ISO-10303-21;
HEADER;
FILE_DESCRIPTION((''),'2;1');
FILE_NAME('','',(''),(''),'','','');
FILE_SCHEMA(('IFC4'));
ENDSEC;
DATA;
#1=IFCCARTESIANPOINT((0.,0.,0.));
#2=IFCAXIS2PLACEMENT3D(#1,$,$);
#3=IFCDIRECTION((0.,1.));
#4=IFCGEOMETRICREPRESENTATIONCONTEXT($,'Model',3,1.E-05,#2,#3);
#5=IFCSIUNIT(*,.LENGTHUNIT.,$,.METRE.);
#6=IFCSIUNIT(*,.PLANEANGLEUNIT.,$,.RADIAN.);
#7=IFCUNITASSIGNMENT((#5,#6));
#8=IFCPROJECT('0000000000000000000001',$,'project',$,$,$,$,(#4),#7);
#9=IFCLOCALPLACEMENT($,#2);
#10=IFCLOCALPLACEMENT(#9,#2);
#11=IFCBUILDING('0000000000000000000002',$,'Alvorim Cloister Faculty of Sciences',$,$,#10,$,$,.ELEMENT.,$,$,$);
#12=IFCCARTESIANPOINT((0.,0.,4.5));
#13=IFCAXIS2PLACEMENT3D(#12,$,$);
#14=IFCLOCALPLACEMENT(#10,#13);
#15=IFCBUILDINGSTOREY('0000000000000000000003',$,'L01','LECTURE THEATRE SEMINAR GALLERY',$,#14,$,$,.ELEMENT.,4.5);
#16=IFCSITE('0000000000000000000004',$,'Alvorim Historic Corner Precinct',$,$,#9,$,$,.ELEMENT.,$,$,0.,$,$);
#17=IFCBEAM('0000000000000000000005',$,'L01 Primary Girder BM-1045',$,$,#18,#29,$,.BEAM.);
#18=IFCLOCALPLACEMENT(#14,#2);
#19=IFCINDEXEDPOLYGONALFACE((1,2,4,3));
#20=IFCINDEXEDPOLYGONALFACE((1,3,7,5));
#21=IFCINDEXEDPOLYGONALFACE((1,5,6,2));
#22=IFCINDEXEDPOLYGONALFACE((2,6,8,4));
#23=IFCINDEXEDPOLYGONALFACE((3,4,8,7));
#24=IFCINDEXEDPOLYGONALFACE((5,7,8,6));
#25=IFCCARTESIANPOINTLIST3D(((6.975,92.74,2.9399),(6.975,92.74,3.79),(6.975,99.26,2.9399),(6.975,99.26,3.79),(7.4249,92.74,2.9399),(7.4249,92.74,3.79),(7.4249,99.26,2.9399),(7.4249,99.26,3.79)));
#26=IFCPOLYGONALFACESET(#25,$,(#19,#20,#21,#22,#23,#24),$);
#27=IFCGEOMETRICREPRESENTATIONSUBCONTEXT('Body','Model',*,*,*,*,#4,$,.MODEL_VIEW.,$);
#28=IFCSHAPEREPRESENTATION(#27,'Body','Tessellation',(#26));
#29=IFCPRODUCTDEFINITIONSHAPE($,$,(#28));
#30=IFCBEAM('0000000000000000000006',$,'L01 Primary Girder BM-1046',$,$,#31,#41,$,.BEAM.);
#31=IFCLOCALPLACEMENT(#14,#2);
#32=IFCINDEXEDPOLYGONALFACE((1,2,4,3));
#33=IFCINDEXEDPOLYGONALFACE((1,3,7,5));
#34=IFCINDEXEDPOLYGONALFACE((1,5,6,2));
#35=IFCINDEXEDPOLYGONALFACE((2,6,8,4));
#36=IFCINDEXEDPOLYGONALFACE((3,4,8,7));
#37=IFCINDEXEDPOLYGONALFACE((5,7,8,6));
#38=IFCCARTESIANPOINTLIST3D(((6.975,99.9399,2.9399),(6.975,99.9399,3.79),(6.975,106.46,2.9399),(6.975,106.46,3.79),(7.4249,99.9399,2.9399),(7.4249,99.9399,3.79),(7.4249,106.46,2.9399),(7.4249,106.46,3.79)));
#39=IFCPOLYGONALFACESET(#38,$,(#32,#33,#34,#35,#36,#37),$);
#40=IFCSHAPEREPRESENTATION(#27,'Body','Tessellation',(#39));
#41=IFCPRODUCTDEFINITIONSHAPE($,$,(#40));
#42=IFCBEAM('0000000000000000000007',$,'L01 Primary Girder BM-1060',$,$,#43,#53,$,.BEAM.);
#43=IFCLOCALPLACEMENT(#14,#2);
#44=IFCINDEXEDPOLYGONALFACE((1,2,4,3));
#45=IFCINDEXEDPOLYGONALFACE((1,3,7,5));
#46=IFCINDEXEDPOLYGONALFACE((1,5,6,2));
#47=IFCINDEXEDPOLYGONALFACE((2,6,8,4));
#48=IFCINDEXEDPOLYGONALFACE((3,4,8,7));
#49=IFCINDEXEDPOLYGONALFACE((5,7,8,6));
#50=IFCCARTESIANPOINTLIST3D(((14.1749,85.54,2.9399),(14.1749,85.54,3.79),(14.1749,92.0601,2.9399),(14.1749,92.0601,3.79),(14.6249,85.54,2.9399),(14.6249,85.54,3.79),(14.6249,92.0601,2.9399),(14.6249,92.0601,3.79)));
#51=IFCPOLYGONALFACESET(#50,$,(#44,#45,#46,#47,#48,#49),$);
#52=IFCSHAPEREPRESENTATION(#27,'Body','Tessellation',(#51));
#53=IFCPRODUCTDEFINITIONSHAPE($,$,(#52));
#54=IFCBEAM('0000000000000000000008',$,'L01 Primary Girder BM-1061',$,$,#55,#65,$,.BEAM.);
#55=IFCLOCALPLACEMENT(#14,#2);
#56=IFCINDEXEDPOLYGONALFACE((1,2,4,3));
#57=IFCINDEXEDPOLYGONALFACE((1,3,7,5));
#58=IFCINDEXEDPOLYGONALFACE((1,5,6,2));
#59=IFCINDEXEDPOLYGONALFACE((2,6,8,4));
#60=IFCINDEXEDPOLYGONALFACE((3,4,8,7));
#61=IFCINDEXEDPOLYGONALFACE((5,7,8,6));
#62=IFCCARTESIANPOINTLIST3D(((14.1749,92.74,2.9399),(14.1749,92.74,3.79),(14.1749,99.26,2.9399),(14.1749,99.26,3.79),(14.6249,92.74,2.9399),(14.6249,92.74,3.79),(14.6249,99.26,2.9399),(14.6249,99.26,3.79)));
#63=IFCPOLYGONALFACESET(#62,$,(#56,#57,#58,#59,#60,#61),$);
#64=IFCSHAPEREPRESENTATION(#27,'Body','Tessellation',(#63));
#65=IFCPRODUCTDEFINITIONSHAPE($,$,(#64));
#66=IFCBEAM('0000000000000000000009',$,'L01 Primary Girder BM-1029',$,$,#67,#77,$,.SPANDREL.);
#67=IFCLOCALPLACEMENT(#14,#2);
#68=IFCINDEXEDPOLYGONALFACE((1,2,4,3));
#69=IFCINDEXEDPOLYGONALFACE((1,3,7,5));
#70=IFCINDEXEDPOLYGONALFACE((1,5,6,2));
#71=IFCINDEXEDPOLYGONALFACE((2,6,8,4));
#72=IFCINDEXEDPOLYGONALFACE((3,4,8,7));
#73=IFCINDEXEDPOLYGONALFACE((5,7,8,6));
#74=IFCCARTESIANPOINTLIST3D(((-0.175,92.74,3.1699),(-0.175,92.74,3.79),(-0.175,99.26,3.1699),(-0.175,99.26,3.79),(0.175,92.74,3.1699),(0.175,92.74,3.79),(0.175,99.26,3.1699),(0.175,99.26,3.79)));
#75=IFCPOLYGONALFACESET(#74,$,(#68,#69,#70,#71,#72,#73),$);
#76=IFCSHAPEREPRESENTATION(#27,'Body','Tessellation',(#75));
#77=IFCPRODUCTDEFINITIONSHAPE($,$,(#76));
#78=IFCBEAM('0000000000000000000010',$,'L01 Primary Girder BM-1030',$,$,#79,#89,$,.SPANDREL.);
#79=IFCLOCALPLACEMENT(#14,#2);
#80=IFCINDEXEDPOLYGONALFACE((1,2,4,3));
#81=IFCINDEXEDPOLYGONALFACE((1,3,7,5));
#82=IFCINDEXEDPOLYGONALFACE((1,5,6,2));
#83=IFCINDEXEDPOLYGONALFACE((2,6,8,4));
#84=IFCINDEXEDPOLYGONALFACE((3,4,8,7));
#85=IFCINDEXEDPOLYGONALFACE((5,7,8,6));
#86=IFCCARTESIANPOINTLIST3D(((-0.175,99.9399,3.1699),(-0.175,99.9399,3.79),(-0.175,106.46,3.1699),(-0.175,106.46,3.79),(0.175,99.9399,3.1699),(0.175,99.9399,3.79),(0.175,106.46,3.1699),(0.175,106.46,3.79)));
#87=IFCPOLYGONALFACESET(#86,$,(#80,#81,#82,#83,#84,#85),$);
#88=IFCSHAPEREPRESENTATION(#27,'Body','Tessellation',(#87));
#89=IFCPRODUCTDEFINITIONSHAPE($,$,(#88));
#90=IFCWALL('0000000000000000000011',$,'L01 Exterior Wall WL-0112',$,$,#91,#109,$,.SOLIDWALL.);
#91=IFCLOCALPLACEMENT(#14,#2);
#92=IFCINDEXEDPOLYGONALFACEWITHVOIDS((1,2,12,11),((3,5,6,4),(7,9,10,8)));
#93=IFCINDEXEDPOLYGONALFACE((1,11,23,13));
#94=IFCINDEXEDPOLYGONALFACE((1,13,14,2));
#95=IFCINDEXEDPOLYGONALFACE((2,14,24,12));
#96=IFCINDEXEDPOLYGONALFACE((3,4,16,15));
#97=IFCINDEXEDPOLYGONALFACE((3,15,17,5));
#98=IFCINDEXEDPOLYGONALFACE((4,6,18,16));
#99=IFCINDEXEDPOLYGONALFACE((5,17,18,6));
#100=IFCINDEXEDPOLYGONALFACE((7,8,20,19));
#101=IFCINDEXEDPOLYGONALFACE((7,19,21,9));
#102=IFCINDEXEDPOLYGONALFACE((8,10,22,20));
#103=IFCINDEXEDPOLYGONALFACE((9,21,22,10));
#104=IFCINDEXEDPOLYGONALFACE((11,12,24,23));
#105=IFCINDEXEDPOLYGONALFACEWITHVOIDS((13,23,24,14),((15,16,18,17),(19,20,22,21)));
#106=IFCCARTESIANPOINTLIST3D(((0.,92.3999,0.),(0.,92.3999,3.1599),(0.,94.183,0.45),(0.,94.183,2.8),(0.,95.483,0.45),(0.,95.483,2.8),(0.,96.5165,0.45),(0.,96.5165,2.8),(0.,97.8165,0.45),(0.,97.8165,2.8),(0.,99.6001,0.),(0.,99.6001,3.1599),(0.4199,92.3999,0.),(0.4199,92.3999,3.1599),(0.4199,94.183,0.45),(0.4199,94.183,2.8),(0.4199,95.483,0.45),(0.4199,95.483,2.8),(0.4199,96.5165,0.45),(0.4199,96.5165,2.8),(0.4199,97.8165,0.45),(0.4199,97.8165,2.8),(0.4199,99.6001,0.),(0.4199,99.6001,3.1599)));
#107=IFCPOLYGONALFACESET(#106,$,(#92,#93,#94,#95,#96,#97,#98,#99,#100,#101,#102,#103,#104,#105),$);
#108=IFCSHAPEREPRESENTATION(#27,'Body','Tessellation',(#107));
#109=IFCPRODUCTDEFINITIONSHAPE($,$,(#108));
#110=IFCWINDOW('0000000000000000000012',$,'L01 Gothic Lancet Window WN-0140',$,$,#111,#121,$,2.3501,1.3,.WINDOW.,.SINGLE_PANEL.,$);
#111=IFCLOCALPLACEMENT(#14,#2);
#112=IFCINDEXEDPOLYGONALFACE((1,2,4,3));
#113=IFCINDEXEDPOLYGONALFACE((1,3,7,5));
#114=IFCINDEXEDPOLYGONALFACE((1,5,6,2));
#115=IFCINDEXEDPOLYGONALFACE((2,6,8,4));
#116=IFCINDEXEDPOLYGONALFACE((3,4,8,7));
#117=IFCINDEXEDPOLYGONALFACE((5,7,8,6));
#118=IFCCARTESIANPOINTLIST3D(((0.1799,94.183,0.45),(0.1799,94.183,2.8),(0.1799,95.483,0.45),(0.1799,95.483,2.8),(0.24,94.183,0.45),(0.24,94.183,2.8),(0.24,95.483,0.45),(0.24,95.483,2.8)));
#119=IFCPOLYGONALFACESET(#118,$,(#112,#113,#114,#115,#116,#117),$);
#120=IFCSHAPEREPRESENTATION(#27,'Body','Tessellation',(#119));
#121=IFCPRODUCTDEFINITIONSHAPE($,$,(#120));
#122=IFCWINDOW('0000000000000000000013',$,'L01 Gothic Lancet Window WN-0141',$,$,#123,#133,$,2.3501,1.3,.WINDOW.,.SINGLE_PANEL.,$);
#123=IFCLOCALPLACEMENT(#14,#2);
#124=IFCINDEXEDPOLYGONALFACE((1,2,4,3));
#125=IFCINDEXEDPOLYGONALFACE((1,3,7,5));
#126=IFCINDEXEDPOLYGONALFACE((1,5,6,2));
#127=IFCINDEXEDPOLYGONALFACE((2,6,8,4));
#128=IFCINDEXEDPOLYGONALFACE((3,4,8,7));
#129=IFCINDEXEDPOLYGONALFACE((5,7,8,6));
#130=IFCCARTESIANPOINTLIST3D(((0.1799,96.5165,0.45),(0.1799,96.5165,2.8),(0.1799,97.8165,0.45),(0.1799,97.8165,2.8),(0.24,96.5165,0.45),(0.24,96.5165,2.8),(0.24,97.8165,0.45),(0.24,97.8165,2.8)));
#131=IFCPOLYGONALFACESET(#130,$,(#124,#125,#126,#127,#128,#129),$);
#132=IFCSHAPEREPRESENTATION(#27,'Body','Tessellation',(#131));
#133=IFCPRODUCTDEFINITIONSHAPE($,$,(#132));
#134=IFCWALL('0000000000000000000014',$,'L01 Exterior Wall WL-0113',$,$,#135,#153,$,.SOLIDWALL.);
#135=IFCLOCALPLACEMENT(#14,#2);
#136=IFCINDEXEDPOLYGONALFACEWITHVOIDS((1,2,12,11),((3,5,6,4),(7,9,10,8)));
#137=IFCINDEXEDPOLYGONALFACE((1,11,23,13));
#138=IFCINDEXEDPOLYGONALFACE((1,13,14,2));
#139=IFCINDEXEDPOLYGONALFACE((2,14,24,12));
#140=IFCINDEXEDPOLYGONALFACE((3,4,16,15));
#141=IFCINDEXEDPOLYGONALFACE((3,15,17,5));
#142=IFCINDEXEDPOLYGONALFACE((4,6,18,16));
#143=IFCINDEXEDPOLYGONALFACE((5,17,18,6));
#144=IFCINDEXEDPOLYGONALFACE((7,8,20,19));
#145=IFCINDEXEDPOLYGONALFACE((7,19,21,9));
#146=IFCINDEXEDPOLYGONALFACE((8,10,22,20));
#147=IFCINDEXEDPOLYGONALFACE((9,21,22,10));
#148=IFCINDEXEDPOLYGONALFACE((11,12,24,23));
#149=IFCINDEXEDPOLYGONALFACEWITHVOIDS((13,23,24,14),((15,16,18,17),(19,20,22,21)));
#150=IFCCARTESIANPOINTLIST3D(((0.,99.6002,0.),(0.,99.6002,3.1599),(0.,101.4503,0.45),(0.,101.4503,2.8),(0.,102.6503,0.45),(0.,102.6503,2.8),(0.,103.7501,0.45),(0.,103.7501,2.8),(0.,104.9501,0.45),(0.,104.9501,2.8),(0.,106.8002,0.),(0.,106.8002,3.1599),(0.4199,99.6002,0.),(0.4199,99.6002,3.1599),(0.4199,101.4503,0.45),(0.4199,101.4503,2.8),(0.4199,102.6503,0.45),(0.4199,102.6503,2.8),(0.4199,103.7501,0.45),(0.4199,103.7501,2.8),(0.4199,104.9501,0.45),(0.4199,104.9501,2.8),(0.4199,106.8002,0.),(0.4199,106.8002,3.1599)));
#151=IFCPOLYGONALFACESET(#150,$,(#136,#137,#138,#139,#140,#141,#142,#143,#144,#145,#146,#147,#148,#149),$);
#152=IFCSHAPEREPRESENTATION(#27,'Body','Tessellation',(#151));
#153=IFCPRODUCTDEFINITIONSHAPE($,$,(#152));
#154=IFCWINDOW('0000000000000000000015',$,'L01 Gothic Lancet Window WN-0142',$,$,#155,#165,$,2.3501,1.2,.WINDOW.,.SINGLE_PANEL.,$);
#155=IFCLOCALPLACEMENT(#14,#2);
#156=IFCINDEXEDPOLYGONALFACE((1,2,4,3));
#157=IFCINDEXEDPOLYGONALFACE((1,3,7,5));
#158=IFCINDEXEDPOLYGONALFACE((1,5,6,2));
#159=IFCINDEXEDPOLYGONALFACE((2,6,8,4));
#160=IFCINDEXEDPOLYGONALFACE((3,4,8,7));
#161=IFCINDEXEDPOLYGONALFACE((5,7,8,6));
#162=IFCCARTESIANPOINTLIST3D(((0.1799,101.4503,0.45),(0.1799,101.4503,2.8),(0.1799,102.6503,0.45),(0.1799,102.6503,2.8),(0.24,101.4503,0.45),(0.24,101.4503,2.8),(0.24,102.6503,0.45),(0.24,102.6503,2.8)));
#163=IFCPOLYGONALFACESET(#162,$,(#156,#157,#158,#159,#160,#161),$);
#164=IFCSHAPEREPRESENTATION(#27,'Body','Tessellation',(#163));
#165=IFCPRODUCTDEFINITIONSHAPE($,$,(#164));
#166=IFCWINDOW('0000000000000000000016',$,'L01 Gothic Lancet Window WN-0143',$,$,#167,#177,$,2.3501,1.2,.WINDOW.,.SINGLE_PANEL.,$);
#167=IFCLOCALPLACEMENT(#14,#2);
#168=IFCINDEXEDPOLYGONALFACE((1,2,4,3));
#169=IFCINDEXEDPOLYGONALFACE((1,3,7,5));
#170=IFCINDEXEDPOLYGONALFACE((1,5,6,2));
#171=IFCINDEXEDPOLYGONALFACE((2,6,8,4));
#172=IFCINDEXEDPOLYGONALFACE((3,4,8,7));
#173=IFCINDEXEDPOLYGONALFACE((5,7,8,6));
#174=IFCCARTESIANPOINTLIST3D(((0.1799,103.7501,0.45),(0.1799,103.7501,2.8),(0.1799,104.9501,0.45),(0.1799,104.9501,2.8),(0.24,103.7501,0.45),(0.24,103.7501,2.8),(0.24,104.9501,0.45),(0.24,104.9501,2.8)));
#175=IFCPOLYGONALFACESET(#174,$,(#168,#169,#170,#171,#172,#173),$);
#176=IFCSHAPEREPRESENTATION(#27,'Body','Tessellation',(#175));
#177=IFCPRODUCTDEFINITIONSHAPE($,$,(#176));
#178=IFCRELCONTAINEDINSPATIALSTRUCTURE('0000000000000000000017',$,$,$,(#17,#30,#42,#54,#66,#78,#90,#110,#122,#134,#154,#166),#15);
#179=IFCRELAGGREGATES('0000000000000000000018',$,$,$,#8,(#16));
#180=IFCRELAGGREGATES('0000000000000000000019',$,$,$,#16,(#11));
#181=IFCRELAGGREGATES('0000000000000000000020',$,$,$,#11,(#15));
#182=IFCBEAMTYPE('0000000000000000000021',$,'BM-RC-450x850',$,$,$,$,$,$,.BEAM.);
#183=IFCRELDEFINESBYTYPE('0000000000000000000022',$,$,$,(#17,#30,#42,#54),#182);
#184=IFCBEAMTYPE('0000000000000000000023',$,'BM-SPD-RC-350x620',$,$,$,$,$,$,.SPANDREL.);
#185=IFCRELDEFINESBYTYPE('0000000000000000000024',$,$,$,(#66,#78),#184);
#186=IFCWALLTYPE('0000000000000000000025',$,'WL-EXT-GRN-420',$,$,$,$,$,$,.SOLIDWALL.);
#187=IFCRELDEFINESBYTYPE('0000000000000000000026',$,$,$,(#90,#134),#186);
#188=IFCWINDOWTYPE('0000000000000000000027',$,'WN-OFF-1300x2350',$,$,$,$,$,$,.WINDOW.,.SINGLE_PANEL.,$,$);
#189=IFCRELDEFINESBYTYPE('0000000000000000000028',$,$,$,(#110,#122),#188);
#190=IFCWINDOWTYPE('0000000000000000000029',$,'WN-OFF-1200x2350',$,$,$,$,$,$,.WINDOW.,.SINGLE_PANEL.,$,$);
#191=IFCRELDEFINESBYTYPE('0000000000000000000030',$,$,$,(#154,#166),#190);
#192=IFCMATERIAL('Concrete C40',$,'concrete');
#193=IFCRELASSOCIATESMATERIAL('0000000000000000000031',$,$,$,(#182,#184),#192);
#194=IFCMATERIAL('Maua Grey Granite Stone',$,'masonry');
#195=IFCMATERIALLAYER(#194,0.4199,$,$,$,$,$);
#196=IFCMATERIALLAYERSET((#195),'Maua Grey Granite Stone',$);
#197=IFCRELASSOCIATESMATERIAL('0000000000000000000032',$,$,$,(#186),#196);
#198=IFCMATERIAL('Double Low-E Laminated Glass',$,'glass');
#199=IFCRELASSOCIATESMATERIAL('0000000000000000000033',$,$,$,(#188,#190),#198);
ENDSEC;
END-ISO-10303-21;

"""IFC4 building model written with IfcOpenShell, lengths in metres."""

from ifc_helpers import new_model, si_unit, direction, frame, frame_2d, origin, origin_2d, place, context, subcontext, project, spatial, rectangle, extrude, material, layer, layer_set, material_profile, profile_set, type_object, element, fill, save


model = new_model("IFC4")

# Units and contexts
model_context = context("Model", 3, precision=1e-05, world=origin(), true_north=direction((0.0, 1.0)))
body_context = subcontext(model_context, "Body", "Model", "MODEL_VIEW")
ifc_project = project(units=[si_unit("LENGTHUNIT", "METRE"), si_unit("PLANEANGLEUNIT", "RADIAN")], contexts=[model_context])

# Site, building, storey
site_placement = place(None, origin())
site = spatial("IfcSite", under=ifc_project, at=site_placement, Name="Alvorim Historic Corner Precinct", CompositionType="ELEMENT", RefElevation=0.0)
building_placement = place(site_placement, origin())
building = spatial("IfcBuilding", under=site, at=building_placement, Name="Alvorim Cloister Faculty of Sciences", CompositionType="ELEMENT")
storey_placement = place(building_placement, frame((0.0, 0.0, 4.5)))
storey = spatial("IfcBuildingStorey", under=building, at=storey_placement, Name="L01", Description="LECTURE THEATRE SEMINAR GALLERY", CompositionType="ELEMENT", Elevation=4.5)

# Shared definitions
ifc_material_1 = material(Name="Concrete C40", Category="concrete")

# Beams
ifc_material_profile_1 = material_profile(ifc_material_1, rectangle(XDim=0.45, YDim=0.8501, at=origin_2d()), Name="RC40-BM-450x850")
ifc_profile_set_1 = profile_set([ifc_material_profile_1], Name="Concrete C40")
beam_type_1 = type_object("IfcBeamType", Name="BM-RC-450x850", PredefinedType="BEAM", material=ifc_profile_set_1)
for number, where, z_axis, x_axis, name in (
    (1, (7.2, 92.74, 3.365), (0.0, 1.0, 0.0), (-1.0, 0.0, 0.0), "L01 Primary Girder BM-1045"),
    (2, (7.2, 99.9399, 3.365), (0.0, 1.0, 0.0), (-1.0, 0.0, 0.0), "L01 Primary Girder BM-1046"),
    (3, (14.3999, 85.54, 3.365), (0.0, 1.0, 0.0), (-1.0, 0.0, 0.0), "L01 Primary Girder BM-1060"),
    (4, (14.3999, 92.74, 3.365), (0.0, 1.0, 0.0), (-1.0, 0.0, 0.0), "L01 Primary Girder BM-1061"),
):
    element("IfcBeam", number, at=place(storey_placement, frame(where, z_axis=z_axis, x_axis=x_axis)), inside=storey, type_object=beam_type_1, Name=name, PredefinedType="BEAM", context=body_context, shape_type="SweptSolid", body=[
        extrude(rectangle(XDim=0.45, YDim=0.8501, at=origin_2d()), origin(), (0.0, 0.0, 1.0), 6.52),
    ])
ifc_material_profile_2 = material_profile(ifc_material_1, rectangle(XDim=0.3501, YDim=0.6201, at=origin_2d()), Name="RC40-SPD-350x620")
ifc_profile_set_2 = profile_set([ifc_material_profile_2], Name="Concrete C40")
beam_type_2 = type_object("IfcBeamType", Name="BM-SPD-RC-350x620", PredefinedType="SPANDREL", material=ifc_profile_set_2)
for number, where, z_axis, x_axis, name in (
    (5, (0.0, 92.74, 3.48), (0.0, 1.0, 0.0), (-1.0, 0.0, 0.0), "L01 Primary Girder BM-1029"),
    (6, (0.0, 99.9399, 3.48), (0.0, 1.0, 0.0), (-1.0, 0.0, 0.0), "L01 Primary Girder BM-1030"),
):
    element("IfcBeam", number, at=place(storey_placement, frame(where, z_axis=z_axis, x_axis=x_axis)), inside=storey, type_object=beam_type_2, Name=name, PredefinedType="SPANDREL", context=body_context, shape_type="SweptSolid", body=[
        extrude(rectangle(XDim=0.3501, YDim=0.6201, at=origin_2d()), origin(), (0.0, 0.0, 1.0), 6.52),
    ])

# Walls, openings, windows
ifc_material_2 = material(Name="Maua Grey Granite Stone", Category="masonry")
ifc_layer = layer(ifc_material_2, 0.4199)
ifc_layer_set = layer_set([ifc_layer], Name="Maua Grey Granite Stone")
wall_type = type_object("IfcWallType", Name="WL-EXT-GRN-420", PredefinedType="SOLIDWALL", material=ifc_layer_set)
wall_1_placement = place(storey_placement, frame((0.21, 92.3999, 0.0), z_axis=(0.0, 0.0, 1.0), x_axis=(0.0, 1.0, 0.0)))
wall_1 = element("IfcWall", 7, at=wall_1_placement, inside=storey, type_object=wall_type, Name="L01 Exterior Wall WL-0112", PredefinedType="SOLIDWALL", context=body_context, shape_type="SweptSolid", body=[
    extrude(rectangle(XDim=7.2002, YDim=0.4199, at=frame_2d((3.6001, 0.0))), origin(), (0.0, 0.0, 1.0), 3.1599),
])
opening_1_placement = place(wall_1_placement, frame((1.7832, 0.0, 0.45)))
opening_1 = element("IfcOpeningElement", 8, at=opening_1_placement, cuts=wall_1, PredefinedType="OPENING", context=body_context, shape_type="SweptSolid", body=[
    extrude(rectangle(XDim=1.3, YDim=2.3501, at=frame_2d((0.6499, 1.175))), frame((0.0, 0.2219, 0.0), z_axis=(0.0, -1.0, 0.0), x_axis=(1.0, 0.0, 0.0)), (0.0, 0.0, 1.0), 0.4438),
])
opening_2_placement = place(wall_1_placement, frame((4.1167, 0.0, 0.45)))
opening_2 = element("IfcOpeningElement", 9, at=opening_2_placement, cuts=wall_1, PredefinedType="OPENING", context=body_context, shape_type="SweptSolid", body=[
    extrude(rectangle(XDim=1.3, YDim=2.3501, at=frame_2d((0.6499, 1.175))), frame((0.0, 0.2219, 0.0), z_axis=(0.0, -1.0, 0.0), x_axis=(1.0, 0.0, 0.0)), (0.0, 0.0, 1.0), 0.4438),
])
ifc_material_3 = material(Name="Double Low-E Laminated Glass", Category="glass")
window_type_1 = type_object("IfcWindowType", Name="WN-OFF-1300x2350", PartitioningType="SINGLE_PANEL", PredefinedType="WINDOW", material=ifc_material_3)
window_1_placement = place(opening_1_placement, origin())
window_1 = element("IfcWindow", 10, at=window_1_placement, inside=storey, type_object=window_type_1, Name="L01 Gothic Lancet Window WN-0140", OverallHeight=2.3501, OverallWidth=1.3, PartitioningType="SINGLE_PANEL", PredefinedType="WINDOW", context=body_context, shape_type="SweptSolid", body=[
    extrude(rectangle(XDim=1.3, YDim=2.3501, at=frame_2d((0.6499, 1.175))), frame((0.0, 0.03, 0.0), z_axis=(0.0, -1.0, 0.0), x_axis=(1.0, 0.0, 0.0)), (0.0, 0.0, 1.0), 0.0601),
])
fill(opening_1, window_1)
window_2_placement = place(opening_2_placement, origin())
window_2 = element("IfcWindow", 11, at=window_2_placement, inside=storey, type_object=window_type_1, Name="L01 Gothic Lancet Window WN-0141", OverallHeight=2.3501, OverallWidth=1.3, PartitioningType="SINGLE_PANEL", PredefinedType="WINDOW", context=body_context, shape_type="SweptSolid", body=[
    extrude(rectangle(XDim=1.3, YDim=2.3501, at=frame_2d((0.6499, 1.175))), frame((0.0, 0.03, 0.0), z_axis=(0.0, -1.0, 0.0), x_axis=(1.0, 0.0, 0.0)), (0.0, 0.0, 1.0), 0.0601),
])
fill(opening_2, window_2)
wall_2_placement = place(storey_placement, frame((0.21, 99.6001, 0.0), z_axis=(0.0, 0.0, 1.0), x_axis=(0.0, 1.0, 0.0)))
wall_2 = element("IfcWall", 12, at=wall_2_placement, inside=storey, type_object=wall_type, Name="L01 Exterior Wall WL-0113", PredefinedType="SOLIDWALL", context=body_context, shape_type="SweptSolid", body=[
    extrude(rectangle(XDim=7.2, YDim=0.4199, at=frame_2d((3.6001, 0.0))), origin(), (0.0, 0.0, 1.0), 3.1599),
])
opening_3_placement = place(wall_2_placement, frame((1.8501, 0.0, 0.45)))
opening_3 = element("IfcOpeningElement", 13, at=opening_3_placement, cuts=wall_2, PredefinedType="OPENING", context=body_context, shape_type="SweptSolid", body=[
    extrude(rectangle(XDim=1.2, YDim=2.3501, at=frame_2d((0.6001, 1.175))), frame((0.0, 0.2219, 0.0), z_axis=(0.0, -1.0, 0.0), x_axis=(1.0, 0.0, 0.0)), (0.0, 0.0, 1.0), 0.4438),
])
opening_4_placement = place(wall_2_placement, frame((4.1499, 0.0, 0.45)))
opening_4 = element("IfcOpeningElement", 14, at=opening_4_placement, cuts=wall_2, PredefinedType="OPENING", context=body_context, shape_type="SweptSolid", body=[
    extrude(rectangle(XDim=1.2, YDim=2.3501, at=frame_2d((0.6001, 1.175))), frame((0.0, 0.2219, 0.0), z_axis=(0.0, -1.0, 0.0), x_axis=(1.0, 0.0, 0.0)), (0.0, 0.0, 1.0), 0.4438),
])
window_type_2 = type_object("IfcWindowType", Name="WN-OFF-1200x2350", PartitioningType="SINGLE_PANEL", PredefinedType="WINDOW", material=ifc_material_3)
window_3_placement = place(opening_3_placement, origin())
window_3 = element("IfcWindow", 15, at=window_3_placement, inside=storey, type_object=window_type_2, Name="L01 Gothic Lancet Window WN-0142", OverallHeight=2.3501, OverallWidth=1.2, PartitioningType="SINGLE_PANEL", PredefinedType="WINDOW", context=body_context, shape_type="SweptSolid", body=[
    extrude(rectangle(XDim=1.2, YDim=2.3501, at=frame_2d((0.6001, 1.175))), frame((0.0, 0.03, 0.0), z_axis=(0.0, -1.0, 0.0), x_axis=(1.0, 0.0, 0.0)), (0.0, 0.0, 1.0), 0.0601),
])
fill(opening_3, window_3)
window_4_placement = place(opening_4_placement, origin())
window_4 = element("IfcWindow", 16, at=window_4_placement, inside=storey, type_object=window_type_2, Name="L01 Gothic Lancet Window WN-0143", OverallHeight=2.3501, OverallWidth=1.2, PartitioningType="SINGLE_PANEL", PredefinedType="WINDOW", context=body_context, shape_type="SweptSolid", body=[
    extrude(rectangle(XDim=1.2, YDim=2.3501, at=frame_2d((0.6001, 1.175))), frame((0.0, 0.03, 0.0), z_axis=(0.0, -1.0, 0.0), x_axis=(1.0, 0.0, 0.0)), (0.0, 0.0, 1.0), 0.0601),
])
fill(opening_4, window_4)

save(model, "model.ifc")
